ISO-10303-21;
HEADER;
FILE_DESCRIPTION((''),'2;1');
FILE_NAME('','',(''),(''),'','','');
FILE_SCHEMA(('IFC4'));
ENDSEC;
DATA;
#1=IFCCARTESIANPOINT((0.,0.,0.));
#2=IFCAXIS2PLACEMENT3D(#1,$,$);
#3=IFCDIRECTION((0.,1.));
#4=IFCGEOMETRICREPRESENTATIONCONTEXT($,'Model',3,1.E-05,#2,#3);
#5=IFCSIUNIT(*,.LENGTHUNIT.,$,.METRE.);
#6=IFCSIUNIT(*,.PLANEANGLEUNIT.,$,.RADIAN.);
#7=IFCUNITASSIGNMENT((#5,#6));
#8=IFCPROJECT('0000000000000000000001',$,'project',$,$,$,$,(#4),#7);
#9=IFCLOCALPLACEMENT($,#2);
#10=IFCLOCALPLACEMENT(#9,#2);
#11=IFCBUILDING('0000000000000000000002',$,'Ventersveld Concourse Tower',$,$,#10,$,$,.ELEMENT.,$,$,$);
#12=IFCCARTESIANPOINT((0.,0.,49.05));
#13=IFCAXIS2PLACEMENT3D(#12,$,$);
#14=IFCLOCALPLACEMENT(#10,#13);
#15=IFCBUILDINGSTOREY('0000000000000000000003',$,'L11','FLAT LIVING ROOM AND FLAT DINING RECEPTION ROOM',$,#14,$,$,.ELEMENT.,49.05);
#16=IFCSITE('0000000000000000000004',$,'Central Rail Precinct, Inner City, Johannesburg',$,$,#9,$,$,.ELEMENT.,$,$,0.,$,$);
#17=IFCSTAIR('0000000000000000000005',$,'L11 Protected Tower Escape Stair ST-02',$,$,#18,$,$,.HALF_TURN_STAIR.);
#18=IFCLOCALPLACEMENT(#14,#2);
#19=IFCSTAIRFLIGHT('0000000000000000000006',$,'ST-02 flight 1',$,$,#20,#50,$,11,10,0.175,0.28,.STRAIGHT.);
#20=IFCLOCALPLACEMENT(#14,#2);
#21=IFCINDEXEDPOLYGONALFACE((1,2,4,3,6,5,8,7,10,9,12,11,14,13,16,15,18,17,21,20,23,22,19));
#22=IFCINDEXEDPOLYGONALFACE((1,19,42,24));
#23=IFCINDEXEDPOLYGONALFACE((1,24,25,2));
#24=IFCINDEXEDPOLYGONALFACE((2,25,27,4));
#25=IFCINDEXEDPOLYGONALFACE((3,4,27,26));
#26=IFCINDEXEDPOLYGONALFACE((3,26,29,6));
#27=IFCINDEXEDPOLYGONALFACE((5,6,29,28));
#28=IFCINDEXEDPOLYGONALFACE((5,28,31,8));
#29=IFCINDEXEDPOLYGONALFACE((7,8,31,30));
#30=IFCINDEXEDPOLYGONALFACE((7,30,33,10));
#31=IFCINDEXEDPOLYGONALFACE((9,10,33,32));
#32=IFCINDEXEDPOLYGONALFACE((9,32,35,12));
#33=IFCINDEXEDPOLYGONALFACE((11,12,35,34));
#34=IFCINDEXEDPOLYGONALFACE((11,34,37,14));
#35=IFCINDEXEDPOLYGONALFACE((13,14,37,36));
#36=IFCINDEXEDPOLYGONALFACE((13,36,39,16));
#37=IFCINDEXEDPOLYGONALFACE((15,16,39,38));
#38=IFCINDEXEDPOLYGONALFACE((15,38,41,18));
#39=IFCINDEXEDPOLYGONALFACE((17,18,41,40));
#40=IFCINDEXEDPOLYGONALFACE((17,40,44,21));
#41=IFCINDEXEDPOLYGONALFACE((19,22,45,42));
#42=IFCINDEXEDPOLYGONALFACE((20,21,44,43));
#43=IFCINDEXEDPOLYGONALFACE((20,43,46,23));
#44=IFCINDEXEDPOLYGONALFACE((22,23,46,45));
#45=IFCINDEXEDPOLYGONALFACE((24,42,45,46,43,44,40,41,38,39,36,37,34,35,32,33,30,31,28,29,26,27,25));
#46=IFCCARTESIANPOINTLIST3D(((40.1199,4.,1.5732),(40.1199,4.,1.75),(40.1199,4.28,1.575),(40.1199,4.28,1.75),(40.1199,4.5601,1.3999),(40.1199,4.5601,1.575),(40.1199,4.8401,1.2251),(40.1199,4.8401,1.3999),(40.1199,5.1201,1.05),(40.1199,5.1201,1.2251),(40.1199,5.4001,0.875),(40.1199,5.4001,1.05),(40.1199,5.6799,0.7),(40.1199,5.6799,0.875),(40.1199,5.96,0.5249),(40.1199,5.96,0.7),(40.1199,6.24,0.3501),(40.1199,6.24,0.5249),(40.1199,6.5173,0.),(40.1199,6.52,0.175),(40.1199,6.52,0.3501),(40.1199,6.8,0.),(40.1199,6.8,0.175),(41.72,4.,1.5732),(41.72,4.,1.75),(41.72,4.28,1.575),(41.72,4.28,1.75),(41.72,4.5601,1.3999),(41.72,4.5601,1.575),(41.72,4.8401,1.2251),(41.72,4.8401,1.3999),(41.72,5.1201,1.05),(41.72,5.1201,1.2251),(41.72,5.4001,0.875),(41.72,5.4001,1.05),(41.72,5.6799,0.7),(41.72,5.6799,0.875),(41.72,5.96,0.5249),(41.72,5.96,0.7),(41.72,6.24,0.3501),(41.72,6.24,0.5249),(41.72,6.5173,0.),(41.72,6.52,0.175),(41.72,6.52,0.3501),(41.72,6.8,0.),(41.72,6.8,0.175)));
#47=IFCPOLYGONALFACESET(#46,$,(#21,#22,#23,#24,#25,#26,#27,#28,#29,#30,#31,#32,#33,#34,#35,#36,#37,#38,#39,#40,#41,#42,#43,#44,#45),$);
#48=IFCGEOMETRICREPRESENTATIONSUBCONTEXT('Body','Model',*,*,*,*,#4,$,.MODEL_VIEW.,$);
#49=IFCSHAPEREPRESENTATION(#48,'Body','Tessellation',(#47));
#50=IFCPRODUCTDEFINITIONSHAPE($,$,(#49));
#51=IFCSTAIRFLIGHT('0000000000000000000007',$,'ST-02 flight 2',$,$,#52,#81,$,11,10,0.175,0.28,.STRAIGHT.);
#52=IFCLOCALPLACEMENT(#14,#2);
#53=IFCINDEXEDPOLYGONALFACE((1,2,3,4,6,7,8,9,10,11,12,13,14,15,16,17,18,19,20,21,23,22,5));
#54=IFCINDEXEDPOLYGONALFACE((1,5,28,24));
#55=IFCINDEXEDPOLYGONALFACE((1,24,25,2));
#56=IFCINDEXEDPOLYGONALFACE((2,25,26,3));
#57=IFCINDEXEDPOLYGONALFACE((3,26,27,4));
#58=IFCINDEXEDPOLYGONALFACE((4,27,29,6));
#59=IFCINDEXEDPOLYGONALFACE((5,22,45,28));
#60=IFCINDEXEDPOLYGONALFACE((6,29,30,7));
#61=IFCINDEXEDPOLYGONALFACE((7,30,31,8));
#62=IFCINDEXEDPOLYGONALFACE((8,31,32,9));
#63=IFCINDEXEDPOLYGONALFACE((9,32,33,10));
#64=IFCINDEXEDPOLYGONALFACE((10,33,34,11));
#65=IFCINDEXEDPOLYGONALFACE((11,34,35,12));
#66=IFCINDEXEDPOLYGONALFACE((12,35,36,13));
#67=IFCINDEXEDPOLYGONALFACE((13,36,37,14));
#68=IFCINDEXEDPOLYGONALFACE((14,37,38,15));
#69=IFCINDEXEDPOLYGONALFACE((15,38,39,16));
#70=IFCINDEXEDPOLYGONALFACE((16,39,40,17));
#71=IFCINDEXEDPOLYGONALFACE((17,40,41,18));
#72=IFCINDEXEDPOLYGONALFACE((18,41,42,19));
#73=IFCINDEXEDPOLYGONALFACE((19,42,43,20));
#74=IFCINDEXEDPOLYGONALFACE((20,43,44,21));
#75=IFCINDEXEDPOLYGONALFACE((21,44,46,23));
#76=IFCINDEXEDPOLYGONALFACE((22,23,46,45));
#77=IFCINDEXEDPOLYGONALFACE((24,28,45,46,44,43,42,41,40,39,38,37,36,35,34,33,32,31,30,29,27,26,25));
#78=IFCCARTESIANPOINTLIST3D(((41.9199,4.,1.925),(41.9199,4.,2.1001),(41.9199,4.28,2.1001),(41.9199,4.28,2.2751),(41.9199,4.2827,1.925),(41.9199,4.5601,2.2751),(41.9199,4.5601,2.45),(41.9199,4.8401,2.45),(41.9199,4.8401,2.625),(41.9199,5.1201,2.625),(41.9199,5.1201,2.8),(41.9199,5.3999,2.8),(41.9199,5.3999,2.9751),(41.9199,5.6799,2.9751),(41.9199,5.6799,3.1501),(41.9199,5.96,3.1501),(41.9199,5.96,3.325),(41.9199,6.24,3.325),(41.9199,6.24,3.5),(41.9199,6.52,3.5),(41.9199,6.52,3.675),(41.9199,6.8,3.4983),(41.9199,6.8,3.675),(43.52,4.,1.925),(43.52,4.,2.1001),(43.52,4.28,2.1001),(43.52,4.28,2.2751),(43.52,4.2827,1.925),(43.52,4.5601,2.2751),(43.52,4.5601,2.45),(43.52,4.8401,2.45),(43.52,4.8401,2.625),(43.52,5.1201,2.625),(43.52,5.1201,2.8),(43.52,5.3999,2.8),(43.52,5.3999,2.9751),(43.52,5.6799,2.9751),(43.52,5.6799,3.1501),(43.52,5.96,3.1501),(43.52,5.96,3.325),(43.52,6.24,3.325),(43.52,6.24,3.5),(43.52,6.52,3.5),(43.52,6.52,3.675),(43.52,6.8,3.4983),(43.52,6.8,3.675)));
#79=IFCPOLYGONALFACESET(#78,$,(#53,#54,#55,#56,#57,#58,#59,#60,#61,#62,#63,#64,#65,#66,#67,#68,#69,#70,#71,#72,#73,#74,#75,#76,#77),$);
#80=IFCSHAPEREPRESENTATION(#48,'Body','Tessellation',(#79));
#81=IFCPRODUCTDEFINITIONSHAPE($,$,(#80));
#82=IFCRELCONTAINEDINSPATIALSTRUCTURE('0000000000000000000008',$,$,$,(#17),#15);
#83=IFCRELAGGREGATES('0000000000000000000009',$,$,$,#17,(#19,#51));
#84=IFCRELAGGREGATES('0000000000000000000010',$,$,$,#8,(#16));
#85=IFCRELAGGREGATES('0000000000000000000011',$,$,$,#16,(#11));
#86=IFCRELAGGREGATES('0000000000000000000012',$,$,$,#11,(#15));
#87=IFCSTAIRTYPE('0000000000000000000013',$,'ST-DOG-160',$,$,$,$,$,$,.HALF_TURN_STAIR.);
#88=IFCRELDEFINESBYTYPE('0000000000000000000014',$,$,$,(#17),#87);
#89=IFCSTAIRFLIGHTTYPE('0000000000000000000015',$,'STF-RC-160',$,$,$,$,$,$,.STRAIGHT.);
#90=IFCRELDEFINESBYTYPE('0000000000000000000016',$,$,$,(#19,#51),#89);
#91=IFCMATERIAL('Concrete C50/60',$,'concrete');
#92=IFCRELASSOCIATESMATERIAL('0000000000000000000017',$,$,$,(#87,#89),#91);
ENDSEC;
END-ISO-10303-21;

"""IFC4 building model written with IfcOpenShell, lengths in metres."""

from ifc_helpers import new_model, si_unit, direction, frame, origin, place, context, subcontext, project, spatial, polyline, outline, extrude, material, type_object, element, aggregate, save


model = new_model("IFC4")

# Units and contexts
model_context = context("Model", 3, precision=1e-05, world=origin(), true_north=direction((0.0, 1.0)))
body_context = subcontext(model_context, "Body", "Model", "MODEL_VIEW")
ifc_project = project(units=[si_unit("LENGTHUNIT", "METRE"), si_unit("PLANEANGLEUNIT", "RADIAN")], contexts=[model_context])

# Site, building, storey
site_placement = place(None, origin())
site = spatial("IfcSite", under=ifc_project, at=site_placement, Name="Central Rail Precinct, Inner City, Johannesburg", CompositionType="ELEMENT", RefElevation=0.0)
building_placement = place(site_placement, origin())
building = spatial("IfcBuilding", under=site, at=building_placement, Name="Ventersveld Concourse Tower", CompositionType="ELEMENT")
storey_placement = place(building_placement, frame((0.0, 0.0, 49.05)))
storey = spatial("IfcBuildingStorey", under=building, at=storey_placement, Name="L11", Description="FLAT LIVING ROOM AND FLAT DINING RECEPTION ROOM", CompositionType="ELEMENT", Elevation=49.05)

# Shared definitions
ifc_material_1 = material(Name="Concrete C50/60", Category="concrete")

# Stair, stair flights
stair_type = type_object("IfcStairType", Name="ST-DOG-160", PredefinedType="HALF_TURN_STAIR", material=ifc_material_1)
stair_placement = place(storey_placement, origin())
stair = element("IfcStair", 1, at=stair_placement, inside=storey, type_object=stair_type, Name="L11 Protected Tower Escape Stair ST-02", PredefinedType="HALF_TURN_STAIR")
stair_flight_type = type_object("IfcStairFlightType", Name="STF-RC-160", PredefinedType="STRAIGHT", material=ifc_material_1)
stair_flight_1_placement = place(storey_placement, frame((40.9199, 6.8, 0.0), z_axis=(0.0, 0.0, 1.0), x_axis=(0.0, -1.0, 0.0)))
stair_flight_1 = element("IfcStairFlight", 2, at=stair_flight_1_placement, type_object=stair_flight_type, Name="ST-02 flight 1", NumberOfRisers=11, NumberOfTreads=10, PredefinedType="STRAIGHT", RiserHeight=0.175, TreadLength=0.28, context=body_context, shape_type="SweptSolid", body=[
    extrude(outline(polyline([(0.0, 0.0), (0.0, 0.175), (0.28, 0.175), (0.28, 0.3501), (0.5601, 0.3501), (0.5601, 0.5249), (0.8401, 0.5249), (0.8401, 0.7), (1.1201, 0.7), (1.1201, 0.875), (1.3999, 0.875), (1.3999, 1.05), (1.6799, 1.05), (1.6799, 1.2251), (1.96, 1.2251), (1.96, 1.3999), (2.24, 1.3999), (2.24, 1.575), (2.52, 1.575), (2.52, 1.75), (2.8, 1.75), (2.8, 1.925), (2.8, 1.5732), (0.2827, 0.0), (0.0, 0.0)])), frame((0.0, 0.8, 0.0), z_axis=(0.0, -1.0, 0.0), x_axis=(1.0, 0.0, 0.0)), (0.0, 0.0, 1.0), 1.6001),
])
stair_flight_2_placement = place(storey_placement, frame((42.72, 4.0, 1.925), z_axis=(0.0, 0.0, 1.0), x_axis=(0.0, 1.0, 0.0)))
stair_flight_2 = element("IfcStairFlight", 3, at=stair_flight_2_placement, type_object=stair_flight_type, Name="ST-02 flight 2", NumberOfRisers=11, NumberOfTreads=10, PredefinedType="STRAIGHT", RiserHeight=0.175, TreadLength=0.28, context=body_context, shape_type="SweptSolid", body=[
    extrude(outline(polyline([(0.0, 0.0), (0.0, 0.175), (0.28, 0.175), (0.28, 0.3501), (0.5601, 0.3501), (0.5601, 0.5249), (0.8401, 0.5249), (0.8401, 0.7), (1.1201, 0.7), (1.1201, 0.875), (1.3999, 0.875), (1.3999, 1.05), (1.6799, 1.05), (1.6799, 1.2251), (1.96, 1.2251), (1.96, 1.3999), (2.24, 1.3999), (2.24, 1.575), (2.52, 1.575), (2.52, 1.75), (2.8, 1.75), (2.8, 1.925), (2.8, 1.5732), (0.2827, 0.0), (0.0, 0.0)])), frame((0.0, 0.8, 0.0), z_axis=(0.0, -1.0, 0.0), x_axis=(1.0, 0.0, 0.0)), (0.0, 0.0, 1.0), 1.6001),
])
aggregate(stair, [stair_flight_1, stair_flight_2])

save(model, "model.ifc")
